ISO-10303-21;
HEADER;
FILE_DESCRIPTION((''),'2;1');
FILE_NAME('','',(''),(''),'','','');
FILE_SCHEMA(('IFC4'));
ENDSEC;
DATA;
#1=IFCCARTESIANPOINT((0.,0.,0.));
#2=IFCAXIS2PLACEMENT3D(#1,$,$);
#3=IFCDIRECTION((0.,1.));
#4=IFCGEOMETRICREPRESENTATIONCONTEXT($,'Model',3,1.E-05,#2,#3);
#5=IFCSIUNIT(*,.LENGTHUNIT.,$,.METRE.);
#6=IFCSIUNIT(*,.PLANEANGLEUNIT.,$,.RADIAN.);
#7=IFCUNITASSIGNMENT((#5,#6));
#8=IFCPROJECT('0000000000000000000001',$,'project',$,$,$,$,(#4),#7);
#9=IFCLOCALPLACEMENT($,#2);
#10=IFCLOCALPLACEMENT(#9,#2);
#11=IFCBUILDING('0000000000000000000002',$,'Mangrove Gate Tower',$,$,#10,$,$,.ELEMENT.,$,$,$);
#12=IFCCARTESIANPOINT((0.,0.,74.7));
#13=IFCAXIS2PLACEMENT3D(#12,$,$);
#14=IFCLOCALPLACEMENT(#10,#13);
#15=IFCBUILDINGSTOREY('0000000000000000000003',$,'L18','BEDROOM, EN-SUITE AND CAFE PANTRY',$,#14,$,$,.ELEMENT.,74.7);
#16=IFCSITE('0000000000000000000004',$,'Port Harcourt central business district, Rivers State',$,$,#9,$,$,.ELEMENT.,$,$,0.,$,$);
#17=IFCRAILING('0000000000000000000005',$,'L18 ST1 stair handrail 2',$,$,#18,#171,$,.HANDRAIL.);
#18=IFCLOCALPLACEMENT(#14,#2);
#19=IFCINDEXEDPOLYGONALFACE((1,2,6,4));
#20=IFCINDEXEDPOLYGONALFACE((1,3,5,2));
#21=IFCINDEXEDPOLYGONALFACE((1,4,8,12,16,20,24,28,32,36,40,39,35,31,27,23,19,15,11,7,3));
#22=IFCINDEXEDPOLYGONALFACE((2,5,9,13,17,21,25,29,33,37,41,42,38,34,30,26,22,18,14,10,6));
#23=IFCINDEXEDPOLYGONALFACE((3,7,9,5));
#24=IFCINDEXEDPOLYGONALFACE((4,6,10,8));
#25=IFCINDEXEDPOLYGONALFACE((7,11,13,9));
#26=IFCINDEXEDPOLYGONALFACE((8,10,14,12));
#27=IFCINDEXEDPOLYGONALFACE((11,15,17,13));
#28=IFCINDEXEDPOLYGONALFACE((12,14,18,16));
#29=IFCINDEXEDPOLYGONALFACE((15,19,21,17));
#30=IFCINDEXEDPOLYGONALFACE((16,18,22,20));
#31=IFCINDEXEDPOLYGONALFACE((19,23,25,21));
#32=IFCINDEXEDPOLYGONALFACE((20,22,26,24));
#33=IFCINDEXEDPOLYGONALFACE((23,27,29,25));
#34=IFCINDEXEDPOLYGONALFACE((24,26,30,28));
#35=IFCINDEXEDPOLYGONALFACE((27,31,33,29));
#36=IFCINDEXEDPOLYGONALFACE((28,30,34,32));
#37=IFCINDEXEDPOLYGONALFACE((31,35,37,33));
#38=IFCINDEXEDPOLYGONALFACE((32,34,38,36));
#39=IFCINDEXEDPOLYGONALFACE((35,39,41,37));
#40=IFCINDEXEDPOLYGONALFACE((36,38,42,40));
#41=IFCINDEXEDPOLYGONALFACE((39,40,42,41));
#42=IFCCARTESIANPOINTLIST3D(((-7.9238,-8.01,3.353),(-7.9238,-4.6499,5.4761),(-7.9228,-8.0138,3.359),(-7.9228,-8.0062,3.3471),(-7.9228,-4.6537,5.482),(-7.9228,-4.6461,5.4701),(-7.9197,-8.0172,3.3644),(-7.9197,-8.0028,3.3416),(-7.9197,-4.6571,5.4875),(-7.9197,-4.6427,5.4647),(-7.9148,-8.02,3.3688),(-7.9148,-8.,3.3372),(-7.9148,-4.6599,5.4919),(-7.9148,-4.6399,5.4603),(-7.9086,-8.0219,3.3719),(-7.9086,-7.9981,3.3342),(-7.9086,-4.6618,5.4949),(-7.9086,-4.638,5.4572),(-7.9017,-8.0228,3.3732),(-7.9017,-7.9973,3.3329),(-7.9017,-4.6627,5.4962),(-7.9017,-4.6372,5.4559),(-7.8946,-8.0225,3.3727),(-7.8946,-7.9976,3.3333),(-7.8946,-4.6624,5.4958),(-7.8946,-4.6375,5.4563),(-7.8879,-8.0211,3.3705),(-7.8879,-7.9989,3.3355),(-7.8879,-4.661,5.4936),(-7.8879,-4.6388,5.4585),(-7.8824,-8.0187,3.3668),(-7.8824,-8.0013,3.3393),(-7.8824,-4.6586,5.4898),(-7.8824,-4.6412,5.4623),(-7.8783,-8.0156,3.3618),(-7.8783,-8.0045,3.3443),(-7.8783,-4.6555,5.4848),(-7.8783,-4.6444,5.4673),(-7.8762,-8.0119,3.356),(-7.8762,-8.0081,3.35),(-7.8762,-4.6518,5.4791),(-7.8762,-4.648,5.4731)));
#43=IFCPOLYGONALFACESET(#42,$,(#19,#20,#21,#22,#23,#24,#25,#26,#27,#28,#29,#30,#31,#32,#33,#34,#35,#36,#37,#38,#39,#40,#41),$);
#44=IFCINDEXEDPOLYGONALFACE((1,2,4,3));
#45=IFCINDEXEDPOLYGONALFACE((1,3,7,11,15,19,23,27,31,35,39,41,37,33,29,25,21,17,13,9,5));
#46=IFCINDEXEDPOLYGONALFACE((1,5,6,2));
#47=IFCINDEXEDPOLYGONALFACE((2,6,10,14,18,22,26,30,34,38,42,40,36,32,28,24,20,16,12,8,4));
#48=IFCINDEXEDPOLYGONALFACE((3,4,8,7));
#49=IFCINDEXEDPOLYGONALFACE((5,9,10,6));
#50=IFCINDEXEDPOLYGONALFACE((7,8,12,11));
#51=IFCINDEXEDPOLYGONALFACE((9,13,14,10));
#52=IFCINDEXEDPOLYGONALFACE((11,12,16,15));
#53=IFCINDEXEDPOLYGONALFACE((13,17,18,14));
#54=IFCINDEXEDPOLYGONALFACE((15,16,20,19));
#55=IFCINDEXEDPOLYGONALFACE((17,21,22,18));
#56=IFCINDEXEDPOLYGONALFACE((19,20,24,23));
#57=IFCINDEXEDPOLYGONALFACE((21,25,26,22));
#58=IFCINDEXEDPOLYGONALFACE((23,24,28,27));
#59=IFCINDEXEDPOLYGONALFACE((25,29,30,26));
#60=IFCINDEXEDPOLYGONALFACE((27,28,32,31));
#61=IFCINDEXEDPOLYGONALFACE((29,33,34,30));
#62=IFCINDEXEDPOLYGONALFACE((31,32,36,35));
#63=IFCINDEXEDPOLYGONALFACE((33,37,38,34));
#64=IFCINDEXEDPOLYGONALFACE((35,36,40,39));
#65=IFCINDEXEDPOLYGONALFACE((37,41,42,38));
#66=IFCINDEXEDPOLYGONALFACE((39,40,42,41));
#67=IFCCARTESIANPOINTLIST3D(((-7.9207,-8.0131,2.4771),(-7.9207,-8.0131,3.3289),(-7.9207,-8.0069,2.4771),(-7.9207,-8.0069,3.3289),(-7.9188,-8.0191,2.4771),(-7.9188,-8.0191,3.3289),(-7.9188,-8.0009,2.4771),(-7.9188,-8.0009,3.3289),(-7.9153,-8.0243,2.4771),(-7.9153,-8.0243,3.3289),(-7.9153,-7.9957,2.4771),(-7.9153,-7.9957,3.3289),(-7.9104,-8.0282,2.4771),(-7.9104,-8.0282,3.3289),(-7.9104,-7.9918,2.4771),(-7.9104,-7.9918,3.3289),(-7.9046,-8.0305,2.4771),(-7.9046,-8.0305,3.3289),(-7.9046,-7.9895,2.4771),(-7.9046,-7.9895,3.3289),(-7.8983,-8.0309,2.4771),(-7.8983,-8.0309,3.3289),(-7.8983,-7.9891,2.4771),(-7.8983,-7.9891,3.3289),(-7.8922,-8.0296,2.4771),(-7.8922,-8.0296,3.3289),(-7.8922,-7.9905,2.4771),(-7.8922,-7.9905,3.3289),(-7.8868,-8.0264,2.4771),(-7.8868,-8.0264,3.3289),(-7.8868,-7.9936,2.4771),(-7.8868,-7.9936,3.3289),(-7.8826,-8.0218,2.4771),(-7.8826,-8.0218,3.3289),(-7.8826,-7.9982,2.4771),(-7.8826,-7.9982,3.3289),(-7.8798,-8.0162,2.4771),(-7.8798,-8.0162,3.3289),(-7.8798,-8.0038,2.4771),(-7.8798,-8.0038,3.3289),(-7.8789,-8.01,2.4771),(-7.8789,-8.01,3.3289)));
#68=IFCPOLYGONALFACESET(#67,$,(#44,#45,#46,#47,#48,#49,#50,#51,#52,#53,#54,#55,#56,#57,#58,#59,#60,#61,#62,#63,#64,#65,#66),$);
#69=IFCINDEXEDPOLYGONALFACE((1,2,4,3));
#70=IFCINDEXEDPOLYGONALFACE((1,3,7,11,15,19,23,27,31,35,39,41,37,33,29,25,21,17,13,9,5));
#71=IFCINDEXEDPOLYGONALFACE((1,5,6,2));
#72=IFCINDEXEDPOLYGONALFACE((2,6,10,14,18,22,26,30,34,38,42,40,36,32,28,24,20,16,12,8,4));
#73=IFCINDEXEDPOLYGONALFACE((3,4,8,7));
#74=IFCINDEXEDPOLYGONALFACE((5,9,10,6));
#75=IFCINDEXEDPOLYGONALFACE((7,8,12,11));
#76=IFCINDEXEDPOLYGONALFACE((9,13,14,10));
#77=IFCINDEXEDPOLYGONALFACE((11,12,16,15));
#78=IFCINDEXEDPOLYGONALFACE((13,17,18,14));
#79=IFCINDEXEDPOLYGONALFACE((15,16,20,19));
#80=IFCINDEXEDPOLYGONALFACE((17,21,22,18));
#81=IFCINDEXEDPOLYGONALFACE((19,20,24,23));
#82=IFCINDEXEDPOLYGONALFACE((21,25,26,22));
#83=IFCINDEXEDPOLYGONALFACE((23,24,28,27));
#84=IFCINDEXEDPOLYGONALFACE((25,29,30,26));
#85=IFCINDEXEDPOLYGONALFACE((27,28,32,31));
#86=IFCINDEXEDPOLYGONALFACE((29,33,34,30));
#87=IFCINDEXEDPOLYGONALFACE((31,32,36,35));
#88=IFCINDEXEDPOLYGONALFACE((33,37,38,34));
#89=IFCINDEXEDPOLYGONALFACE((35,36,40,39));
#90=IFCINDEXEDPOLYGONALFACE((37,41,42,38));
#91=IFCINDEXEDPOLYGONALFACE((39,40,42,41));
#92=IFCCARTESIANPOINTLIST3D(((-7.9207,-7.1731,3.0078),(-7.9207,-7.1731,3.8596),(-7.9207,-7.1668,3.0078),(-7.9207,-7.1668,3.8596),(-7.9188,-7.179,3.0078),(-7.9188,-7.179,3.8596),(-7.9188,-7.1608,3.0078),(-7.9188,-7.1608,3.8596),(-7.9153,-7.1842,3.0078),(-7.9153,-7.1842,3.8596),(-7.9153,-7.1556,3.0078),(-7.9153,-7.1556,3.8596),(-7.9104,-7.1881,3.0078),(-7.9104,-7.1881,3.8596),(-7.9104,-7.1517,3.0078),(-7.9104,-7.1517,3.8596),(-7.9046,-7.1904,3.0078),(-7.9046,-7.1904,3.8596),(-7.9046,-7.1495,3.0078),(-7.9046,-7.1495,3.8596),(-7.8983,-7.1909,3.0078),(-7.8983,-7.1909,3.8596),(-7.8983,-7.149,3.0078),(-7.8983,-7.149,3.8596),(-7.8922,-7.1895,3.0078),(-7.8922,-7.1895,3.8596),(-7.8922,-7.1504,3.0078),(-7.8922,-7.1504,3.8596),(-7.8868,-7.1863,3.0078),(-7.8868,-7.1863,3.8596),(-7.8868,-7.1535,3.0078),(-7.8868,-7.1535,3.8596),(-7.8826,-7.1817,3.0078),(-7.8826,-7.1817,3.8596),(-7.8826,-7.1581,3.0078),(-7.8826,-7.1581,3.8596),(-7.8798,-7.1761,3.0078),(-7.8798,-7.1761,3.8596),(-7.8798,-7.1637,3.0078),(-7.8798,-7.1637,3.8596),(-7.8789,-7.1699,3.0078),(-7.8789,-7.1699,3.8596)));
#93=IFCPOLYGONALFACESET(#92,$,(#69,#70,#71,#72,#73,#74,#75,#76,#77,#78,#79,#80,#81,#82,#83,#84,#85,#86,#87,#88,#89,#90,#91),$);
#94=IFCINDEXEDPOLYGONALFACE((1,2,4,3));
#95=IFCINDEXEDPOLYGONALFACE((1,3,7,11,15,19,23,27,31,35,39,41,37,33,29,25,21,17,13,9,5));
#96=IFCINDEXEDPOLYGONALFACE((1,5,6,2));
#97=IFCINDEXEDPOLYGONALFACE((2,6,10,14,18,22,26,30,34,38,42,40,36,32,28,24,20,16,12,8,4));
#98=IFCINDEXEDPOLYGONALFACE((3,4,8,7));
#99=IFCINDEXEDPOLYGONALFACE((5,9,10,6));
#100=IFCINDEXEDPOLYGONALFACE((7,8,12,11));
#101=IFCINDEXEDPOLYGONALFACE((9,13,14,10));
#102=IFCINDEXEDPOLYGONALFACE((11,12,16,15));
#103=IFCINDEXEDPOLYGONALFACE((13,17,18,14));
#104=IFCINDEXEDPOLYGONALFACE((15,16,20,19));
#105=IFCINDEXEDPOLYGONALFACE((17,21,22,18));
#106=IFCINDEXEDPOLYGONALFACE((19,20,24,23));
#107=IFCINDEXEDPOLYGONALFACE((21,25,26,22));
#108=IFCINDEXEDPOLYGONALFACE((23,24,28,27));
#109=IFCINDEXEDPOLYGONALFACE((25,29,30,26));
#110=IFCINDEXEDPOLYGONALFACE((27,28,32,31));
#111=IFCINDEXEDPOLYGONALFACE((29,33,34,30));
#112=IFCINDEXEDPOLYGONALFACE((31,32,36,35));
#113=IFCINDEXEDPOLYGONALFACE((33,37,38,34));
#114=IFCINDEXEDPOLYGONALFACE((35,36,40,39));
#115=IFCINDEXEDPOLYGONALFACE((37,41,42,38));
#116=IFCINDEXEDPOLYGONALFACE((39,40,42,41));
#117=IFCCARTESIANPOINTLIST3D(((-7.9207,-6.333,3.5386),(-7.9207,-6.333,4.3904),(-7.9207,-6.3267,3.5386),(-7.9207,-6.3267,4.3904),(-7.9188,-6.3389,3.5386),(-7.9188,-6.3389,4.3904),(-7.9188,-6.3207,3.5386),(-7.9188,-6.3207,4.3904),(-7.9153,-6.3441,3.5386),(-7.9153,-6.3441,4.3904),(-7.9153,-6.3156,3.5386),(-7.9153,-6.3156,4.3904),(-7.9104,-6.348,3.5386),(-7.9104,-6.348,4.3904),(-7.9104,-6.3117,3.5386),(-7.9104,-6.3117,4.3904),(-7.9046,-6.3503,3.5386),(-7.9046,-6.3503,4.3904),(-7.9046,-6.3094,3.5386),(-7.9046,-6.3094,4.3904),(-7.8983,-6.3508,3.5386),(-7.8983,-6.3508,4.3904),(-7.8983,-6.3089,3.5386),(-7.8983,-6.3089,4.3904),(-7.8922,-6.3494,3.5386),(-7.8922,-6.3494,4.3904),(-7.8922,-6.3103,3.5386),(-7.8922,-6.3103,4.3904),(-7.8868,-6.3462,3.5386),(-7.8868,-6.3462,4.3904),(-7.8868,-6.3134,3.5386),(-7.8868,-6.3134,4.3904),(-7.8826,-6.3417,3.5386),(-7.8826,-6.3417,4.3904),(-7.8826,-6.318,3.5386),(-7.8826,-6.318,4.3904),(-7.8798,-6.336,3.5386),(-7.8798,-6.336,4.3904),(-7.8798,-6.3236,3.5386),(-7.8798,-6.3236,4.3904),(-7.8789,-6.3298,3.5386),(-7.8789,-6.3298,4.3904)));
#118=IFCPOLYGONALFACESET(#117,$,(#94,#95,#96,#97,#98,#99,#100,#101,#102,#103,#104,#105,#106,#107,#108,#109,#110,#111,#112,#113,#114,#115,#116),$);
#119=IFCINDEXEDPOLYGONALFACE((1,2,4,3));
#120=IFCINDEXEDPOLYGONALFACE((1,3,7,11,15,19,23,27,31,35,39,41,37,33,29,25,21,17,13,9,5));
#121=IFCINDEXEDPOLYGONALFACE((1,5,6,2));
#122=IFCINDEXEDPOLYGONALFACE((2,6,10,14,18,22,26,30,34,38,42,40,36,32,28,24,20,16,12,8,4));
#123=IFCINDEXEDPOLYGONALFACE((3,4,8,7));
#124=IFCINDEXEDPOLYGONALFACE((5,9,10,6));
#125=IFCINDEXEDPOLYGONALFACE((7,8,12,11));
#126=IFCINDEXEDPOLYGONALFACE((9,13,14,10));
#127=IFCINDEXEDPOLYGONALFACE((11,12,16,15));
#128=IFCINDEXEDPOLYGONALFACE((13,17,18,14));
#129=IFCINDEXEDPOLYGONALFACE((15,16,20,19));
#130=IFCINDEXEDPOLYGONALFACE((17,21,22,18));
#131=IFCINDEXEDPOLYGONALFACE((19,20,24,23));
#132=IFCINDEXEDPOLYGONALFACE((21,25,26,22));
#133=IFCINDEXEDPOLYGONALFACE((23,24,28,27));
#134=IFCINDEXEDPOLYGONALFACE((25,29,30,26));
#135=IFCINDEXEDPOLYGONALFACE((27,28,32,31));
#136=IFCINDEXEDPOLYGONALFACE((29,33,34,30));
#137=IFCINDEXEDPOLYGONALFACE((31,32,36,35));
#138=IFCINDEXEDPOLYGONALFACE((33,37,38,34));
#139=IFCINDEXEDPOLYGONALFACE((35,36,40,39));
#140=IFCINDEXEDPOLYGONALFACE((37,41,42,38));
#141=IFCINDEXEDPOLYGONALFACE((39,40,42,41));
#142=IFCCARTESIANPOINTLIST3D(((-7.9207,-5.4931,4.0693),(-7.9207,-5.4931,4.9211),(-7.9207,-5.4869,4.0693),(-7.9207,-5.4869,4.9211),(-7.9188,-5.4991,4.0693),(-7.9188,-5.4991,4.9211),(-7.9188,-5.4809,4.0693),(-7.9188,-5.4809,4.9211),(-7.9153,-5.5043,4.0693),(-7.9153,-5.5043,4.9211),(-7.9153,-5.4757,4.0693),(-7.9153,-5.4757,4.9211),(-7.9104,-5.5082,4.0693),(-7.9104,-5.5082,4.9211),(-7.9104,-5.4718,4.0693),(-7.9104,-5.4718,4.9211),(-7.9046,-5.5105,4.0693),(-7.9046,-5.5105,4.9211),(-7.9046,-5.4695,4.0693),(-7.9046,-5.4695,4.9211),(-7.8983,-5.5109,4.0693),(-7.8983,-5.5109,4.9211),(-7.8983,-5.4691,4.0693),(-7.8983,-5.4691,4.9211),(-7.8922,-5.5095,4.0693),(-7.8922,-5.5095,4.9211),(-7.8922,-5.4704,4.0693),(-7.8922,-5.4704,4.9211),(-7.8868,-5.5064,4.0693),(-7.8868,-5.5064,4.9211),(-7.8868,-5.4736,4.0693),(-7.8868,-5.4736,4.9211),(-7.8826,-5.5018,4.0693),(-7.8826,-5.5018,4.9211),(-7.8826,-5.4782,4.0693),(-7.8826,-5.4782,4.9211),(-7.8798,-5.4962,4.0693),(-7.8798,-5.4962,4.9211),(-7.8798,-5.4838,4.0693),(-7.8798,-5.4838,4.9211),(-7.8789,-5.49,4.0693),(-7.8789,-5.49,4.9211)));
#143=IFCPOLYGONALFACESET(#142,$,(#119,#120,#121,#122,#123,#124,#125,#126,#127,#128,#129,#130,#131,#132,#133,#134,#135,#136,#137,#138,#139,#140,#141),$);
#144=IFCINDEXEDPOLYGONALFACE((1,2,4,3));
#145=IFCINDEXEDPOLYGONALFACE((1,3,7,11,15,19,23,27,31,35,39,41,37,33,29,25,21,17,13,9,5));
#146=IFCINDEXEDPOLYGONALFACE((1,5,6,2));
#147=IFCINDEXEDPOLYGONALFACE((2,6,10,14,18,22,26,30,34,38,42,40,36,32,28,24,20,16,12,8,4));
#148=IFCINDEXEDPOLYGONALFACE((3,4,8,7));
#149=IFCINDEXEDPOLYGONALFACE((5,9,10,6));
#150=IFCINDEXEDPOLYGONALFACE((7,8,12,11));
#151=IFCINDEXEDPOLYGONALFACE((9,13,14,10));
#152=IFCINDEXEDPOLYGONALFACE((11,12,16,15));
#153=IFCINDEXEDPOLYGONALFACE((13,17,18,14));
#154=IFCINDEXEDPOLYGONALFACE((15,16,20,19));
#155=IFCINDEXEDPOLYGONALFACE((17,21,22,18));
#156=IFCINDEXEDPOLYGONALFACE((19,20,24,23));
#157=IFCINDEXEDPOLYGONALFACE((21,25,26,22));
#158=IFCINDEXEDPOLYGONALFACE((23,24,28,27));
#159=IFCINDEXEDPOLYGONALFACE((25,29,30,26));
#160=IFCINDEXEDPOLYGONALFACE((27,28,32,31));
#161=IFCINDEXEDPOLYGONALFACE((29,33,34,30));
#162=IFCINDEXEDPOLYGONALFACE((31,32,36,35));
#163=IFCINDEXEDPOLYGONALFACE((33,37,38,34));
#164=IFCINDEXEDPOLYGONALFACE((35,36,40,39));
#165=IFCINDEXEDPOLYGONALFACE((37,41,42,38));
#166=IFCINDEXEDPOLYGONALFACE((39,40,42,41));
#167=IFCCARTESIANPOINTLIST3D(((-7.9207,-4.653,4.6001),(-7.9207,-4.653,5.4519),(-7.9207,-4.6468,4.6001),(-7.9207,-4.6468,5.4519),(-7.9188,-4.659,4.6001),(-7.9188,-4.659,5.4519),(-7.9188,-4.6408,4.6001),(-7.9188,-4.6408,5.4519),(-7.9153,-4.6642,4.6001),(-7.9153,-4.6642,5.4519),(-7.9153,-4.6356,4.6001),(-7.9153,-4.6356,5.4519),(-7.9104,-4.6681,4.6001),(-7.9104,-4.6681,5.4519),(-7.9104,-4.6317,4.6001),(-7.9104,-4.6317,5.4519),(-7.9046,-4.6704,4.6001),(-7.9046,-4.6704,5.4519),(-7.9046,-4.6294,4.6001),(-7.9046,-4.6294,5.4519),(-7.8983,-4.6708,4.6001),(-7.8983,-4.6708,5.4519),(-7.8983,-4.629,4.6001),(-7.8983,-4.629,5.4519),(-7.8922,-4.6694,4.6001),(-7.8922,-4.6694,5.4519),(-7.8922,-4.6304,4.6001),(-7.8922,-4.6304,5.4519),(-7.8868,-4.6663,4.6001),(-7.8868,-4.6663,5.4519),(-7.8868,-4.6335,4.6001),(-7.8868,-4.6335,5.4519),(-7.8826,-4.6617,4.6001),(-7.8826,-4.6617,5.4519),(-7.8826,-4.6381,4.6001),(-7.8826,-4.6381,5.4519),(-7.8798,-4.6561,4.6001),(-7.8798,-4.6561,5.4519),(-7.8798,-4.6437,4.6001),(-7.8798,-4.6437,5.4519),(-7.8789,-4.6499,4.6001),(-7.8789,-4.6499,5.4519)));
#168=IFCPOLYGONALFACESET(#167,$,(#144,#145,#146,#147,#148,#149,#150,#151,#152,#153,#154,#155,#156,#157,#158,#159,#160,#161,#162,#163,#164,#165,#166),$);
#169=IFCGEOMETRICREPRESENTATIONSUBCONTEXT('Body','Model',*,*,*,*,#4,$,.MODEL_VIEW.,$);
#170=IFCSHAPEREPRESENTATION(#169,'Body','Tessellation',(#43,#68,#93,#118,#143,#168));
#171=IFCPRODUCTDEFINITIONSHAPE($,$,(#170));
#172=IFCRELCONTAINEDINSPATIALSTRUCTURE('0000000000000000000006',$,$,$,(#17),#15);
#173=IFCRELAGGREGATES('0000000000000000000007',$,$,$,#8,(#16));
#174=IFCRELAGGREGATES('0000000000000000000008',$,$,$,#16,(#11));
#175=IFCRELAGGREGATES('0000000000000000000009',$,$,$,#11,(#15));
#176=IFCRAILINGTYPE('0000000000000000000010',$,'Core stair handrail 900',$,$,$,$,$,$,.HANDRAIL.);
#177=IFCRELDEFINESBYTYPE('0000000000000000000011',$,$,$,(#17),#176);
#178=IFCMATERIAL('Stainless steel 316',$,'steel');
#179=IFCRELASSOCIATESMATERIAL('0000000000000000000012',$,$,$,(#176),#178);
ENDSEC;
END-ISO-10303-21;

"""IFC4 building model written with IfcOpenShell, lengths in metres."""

from ifc_helpers import new_model, si_unit, direction, frame, origin, origin_2d, place, context, subcontext, project, spatial, circle, extrude, material, type_object, element, save


model = new_model("IFC4")

# Units and contexts
model_context = context("Model", 3, precision=1e-05, world=origin(), true_north=direction((0.0, 1.0)))
body_context = subcontext(model_context, "Body", "Model", "MODEL_VIEW")
ifc_project = project(units=[si_unit("LENGTHUNIT", "METRE"), si_unit("PLANEANGLEUNIT", "RADIAN")], contexts=[model_context])

# Site, building, storey
site_placement = place(None, origin())
site = spatial("IfcSite", under=ifc_project, at=site_placement, Name="Port Harcourt central business district, Rivers State", CompositionType="ELEMENT", RefElevation=0.0)
building_placement = place(site_placement, origin())
building = spatial("IfcBuilding", under=site, at=building_placement, Name="Mangrove Gate Tower", CompositionType="ELEMENT")
storey_placement = place(building_placement, frame((0.0, 0.0, 74.7)))
storey = spatial("IfcBuildingStorey", under=building, at=storey_placement, Name="L18", Description="BEDROOM, EN-SUITE AND CAFE PANTRY", CompositionType="ELEMENT", Elevation=74.7)

# Railing
ifc_material_1 = material(Name="Stainless steel 316", Category="steel")
railing_type_1 = type_object("IfcRailingType", Name="Core stair handrail 900", PredefinedType="HANDRAIL", material=ifc_material_1)
railing_1_placement = place(storey_placement, frame((-7.8999, -8.01, 2.4771)))
element("IfcRailing", 1, at=railing_1_placement, inside=storey, type_object=railing_type_1, Name="L18 ST1 stair handrail 2", PredefinedType="HANDRAIL", context=body_context, shape_type="SweptSolid", body=[
    extrude(circle(Radius=0.0239, at=origin_2d()), frame((0.0, 0.0, 0.876), z_axis=(0.0, 0.84539, 0.53415), x_axis=(-1.0, 0.0, 0.0)), (0.0, 0.0, 1.0), 3.9746),
    extrude(circle(Radius=0.021, at=origin_2d()), origin(), (0.0, 0.0, 1.0), 0.8518),
    extrude(circle(Radius=0.021, at=origin_2d()), frame((0.0, 0.8401, 0.5308)), (0.0, 0.0, 1.0), 0.8518),
    extrude(circle(Radius=0.021, at=origin_2d()), frame((0.0, 1.6802, 1.0615)), (0.0, 0.0, 1.0), 0.8518),
    extrude(circle(Radius=0.021, at=origin_2d()), frame((0.0, 2.52, 1.5923)), (0.0, 0.0, 1.0), 0.8518),
    extrude(circle(Radius=0.021, at=origin_2d()), frame((0.0, 3.3601, 2.123)), (0.0, 0.0, 1.0), 0.8518),
])

save(model, "model.ifc")
